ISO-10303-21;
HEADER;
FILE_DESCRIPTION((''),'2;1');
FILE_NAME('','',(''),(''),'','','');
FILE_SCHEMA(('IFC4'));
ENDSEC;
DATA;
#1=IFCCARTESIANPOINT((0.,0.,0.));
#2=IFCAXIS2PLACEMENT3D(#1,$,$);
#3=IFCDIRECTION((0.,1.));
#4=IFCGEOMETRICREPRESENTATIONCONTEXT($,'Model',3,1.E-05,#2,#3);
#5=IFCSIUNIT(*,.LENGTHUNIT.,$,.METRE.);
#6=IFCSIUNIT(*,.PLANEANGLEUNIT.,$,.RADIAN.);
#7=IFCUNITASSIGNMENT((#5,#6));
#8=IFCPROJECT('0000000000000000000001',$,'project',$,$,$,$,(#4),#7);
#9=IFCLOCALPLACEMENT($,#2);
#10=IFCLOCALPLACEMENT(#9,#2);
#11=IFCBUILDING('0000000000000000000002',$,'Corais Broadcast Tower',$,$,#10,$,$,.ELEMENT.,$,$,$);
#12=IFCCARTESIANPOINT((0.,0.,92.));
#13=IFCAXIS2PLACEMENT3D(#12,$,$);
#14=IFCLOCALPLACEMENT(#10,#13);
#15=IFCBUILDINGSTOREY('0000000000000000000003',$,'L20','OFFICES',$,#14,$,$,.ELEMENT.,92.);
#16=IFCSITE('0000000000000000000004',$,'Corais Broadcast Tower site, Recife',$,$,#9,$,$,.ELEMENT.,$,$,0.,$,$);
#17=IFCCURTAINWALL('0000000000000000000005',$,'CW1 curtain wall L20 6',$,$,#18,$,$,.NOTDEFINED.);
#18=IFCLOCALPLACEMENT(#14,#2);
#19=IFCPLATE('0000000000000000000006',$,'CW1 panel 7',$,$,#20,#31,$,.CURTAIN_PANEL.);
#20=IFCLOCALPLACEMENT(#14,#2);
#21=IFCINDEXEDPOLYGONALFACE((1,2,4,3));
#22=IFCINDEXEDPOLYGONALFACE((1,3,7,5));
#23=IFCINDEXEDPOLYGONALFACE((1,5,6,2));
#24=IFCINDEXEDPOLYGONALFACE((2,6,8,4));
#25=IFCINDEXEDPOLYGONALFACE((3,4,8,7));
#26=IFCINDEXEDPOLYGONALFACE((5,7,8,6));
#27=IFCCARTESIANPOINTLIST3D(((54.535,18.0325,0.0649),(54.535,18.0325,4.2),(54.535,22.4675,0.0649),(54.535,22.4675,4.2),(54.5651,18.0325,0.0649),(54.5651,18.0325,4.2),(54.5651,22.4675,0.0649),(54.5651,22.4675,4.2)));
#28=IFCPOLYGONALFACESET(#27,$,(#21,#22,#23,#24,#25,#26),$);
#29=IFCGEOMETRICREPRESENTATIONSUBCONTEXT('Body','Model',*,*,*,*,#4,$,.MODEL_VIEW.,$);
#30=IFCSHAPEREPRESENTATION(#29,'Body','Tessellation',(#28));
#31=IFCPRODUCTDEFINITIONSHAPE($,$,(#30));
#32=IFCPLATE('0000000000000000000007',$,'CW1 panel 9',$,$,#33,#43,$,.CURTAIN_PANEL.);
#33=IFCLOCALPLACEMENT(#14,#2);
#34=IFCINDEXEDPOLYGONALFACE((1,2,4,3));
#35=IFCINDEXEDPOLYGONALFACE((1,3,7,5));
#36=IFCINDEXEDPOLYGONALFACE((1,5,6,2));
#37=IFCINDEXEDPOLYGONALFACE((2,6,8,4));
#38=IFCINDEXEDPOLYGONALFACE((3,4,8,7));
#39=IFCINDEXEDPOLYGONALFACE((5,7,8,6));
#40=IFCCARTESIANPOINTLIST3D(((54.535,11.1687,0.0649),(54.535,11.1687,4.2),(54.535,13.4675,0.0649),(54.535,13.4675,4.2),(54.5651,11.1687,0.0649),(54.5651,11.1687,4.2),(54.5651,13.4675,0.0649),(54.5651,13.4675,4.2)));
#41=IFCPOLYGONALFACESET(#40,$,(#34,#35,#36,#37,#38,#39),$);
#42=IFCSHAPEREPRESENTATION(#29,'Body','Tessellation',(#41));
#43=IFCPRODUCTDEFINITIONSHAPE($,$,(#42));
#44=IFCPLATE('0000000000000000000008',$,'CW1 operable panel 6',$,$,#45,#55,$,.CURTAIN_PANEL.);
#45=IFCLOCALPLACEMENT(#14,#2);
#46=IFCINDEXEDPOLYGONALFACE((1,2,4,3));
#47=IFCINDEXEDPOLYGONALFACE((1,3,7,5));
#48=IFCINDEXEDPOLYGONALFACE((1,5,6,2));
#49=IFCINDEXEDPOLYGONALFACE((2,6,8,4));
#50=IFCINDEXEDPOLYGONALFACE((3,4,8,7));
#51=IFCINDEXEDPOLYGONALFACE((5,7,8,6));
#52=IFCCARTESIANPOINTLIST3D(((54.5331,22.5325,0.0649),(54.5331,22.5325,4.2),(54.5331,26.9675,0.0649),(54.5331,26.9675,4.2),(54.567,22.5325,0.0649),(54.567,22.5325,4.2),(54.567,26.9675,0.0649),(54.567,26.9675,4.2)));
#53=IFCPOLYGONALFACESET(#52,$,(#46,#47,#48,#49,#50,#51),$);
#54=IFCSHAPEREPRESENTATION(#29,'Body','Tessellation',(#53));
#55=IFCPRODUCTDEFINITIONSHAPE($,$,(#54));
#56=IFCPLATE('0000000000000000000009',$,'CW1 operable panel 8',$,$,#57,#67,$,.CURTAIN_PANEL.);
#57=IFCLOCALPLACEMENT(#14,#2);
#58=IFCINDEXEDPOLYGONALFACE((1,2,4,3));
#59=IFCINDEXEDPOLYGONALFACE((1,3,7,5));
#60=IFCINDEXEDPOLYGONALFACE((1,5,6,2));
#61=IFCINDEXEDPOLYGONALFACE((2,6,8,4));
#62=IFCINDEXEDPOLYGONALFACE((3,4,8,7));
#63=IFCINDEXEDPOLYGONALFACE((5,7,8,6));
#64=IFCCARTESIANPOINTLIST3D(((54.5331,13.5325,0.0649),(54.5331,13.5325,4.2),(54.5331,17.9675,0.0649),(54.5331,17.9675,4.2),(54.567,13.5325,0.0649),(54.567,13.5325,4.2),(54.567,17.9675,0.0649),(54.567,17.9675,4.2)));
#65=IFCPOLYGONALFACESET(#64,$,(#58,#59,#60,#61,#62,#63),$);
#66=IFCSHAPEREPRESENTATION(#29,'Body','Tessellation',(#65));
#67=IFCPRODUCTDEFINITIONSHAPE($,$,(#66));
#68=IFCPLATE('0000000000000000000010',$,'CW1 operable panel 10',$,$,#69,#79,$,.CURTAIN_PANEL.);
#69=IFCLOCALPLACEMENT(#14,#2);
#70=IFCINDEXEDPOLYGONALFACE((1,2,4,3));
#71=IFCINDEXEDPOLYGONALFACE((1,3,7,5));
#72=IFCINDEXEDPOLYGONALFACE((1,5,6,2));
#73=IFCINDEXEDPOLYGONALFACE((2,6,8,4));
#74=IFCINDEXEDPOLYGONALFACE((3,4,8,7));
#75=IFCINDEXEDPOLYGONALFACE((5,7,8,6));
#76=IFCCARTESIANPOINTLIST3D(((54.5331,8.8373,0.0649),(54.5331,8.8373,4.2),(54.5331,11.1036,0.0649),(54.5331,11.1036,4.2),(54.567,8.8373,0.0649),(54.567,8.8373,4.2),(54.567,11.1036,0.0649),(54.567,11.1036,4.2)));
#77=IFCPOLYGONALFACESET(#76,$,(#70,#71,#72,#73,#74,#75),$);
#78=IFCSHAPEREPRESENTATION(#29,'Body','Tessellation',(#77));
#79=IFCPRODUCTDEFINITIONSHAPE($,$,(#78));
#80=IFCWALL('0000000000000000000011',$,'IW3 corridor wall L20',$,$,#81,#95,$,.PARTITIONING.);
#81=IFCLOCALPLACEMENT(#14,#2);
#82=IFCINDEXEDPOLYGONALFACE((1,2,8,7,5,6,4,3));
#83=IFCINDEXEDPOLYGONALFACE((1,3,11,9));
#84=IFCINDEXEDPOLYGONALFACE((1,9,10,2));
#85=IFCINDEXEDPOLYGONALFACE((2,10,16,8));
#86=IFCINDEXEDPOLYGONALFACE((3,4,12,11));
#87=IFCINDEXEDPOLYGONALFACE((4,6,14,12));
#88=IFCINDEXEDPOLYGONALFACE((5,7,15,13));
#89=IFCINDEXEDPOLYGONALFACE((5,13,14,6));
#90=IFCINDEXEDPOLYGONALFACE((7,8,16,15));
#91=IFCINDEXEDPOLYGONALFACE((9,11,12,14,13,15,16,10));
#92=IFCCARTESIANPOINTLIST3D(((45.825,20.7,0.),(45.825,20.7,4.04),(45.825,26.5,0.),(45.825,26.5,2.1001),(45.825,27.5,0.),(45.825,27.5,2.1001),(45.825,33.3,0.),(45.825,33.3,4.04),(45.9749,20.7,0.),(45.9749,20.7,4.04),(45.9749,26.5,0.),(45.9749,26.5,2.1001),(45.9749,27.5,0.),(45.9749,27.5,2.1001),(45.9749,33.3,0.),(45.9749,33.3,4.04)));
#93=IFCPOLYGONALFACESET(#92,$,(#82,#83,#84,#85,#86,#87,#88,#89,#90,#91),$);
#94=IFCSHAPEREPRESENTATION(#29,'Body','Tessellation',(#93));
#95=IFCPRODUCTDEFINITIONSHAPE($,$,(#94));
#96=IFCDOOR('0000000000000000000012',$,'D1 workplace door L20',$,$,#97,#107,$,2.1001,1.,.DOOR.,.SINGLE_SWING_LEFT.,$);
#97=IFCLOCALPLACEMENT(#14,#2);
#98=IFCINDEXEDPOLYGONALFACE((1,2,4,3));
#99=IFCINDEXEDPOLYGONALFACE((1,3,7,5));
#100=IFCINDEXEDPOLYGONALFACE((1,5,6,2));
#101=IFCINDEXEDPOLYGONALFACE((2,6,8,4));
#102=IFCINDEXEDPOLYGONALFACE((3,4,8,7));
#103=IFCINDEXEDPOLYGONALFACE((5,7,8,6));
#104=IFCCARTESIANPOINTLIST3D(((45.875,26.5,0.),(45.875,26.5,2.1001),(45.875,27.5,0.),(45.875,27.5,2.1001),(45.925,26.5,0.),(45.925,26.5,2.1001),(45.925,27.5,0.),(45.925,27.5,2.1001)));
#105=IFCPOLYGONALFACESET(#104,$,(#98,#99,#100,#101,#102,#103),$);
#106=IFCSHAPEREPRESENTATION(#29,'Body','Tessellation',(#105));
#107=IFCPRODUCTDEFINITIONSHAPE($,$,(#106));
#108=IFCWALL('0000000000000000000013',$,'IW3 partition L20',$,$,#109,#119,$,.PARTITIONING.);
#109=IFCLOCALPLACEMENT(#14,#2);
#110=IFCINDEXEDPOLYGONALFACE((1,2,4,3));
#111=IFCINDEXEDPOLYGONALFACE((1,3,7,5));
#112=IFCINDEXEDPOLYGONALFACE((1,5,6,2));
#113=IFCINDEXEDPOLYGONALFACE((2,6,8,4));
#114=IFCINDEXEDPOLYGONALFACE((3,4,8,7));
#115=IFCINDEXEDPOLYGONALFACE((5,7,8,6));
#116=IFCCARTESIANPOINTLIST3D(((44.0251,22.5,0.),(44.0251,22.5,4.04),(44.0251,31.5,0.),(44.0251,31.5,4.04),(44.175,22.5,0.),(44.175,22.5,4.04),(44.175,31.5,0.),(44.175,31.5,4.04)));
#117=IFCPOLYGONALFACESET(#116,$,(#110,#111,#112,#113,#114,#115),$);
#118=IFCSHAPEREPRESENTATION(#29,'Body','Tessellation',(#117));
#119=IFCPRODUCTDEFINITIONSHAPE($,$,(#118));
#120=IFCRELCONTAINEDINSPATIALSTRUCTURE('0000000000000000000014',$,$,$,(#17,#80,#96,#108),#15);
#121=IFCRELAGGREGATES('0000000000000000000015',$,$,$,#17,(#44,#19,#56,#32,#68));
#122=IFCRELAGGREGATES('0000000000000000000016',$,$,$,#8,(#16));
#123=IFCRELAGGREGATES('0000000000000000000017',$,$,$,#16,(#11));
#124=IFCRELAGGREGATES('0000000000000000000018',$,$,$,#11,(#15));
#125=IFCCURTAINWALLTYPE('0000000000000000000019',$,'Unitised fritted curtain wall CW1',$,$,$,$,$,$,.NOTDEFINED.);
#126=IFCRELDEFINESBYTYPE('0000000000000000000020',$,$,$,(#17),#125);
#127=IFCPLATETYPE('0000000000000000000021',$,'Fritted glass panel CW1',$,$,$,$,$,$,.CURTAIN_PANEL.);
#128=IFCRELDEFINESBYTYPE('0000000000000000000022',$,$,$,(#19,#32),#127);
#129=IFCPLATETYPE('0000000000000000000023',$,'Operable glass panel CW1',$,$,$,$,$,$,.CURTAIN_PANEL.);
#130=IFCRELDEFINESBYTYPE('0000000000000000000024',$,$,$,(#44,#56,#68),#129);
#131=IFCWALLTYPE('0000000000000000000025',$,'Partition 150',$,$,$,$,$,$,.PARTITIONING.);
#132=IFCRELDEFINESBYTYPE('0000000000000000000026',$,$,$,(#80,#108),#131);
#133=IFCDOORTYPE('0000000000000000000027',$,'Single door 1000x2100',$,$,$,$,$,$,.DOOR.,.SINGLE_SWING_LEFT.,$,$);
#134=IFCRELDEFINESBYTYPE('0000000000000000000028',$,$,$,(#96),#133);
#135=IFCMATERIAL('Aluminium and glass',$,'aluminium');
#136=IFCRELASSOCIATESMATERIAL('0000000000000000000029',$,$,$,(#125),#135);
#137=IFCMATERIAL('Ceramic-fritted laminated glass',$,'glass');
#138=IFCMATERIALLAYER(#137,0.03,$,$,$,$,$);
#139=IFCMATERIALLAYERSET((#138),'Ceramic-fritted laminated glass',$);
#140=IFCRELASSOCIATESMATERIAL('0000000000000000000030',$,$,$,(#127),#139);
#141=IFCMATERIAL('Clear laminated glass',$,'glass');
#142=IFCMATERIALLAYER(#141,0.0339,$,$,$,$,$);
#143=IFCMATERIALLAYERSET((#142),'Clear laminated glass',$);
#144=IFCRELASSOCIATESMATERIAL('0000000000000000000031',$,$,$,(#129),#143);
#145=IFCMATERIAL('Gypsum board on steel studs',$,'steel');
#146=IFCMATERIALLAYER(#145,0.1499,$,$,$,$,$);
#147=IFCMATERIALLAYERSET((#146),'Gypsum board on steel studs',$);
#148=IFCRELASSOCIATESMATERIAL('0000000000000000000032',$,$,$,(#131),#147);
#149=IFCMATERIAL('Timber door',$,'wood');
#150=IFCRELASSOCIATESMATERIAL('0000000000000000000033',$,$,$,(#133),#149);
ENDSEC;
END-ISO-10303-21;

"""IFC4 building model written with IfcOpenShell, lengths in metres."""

from ifc_helpers import new_model, si_unit, direction, frame, frame_2d, origin, origin_2d, place, context, subcontext, project, spatial, rectangle, extrude, material, layer, layer_set, type_object, element, fill, aggregate, save


model = new_model("IFC4")

# Units and contexts
model_context = context("Model", 3, precision=1e-05, world=origin(), true_north=direction((0.0, 1.0)))
body_context = subcontext(model_context, "Body", "Model", "MODEL_VIEW")
ifc_project = project(units=[si_unit("LENGTHUNIT", "METRE"), si_unit("PLANEANGLEUNIT", "RADIAN")], contexts=[model_context])

# Site, building, storey
site_placement = place(None, origin())
site = spatial("IfcSite", under=ifc_project, at=site_placement, Name="Corais Broadcast Tower site, Recife", CompositionType="ELEMENT", RefElevation=0.0)
building_placement = place(site_placement, origin())
building = spatial("IfcBuilding", under=site, at=building_placement, Name="Corais Broadcast Tower", CompositionType="ELEMENT")
storey_placement = place(building_placement, frame((0.0, 0.0, 92.0)))
storey = spatial("IfcBuildingStorey", under=building, at=storey_placement, Name="L20", Description="OFFICES", CompositionType="ELEMENT", Elevation=92.0)

# Curtain wall
ifc_material_1 = material(Name="Aluminium and glass", Category="aluminium")
curtain_wall_type = type_object("IfcCurtainWallType", Name="Unitised fritted curtain wall CW1", PredefinedType="NOTDEFINED", material=ifc_material_1)
curtain_wall_placement = place(storey_placement, origin())
curtain_wall = element("IfcCurtainWall", 1, at=curtain_wall_placement, inside=storey, type_object=curtain_wall_type, Name="CW1 curtain wall L20 6", PredefinedType="NOTDEFINED")

# Plates
ifc_material_2 = material(Name="Ceramic-fritted laminated glass", Category="glass")
ifc_layer_1 = layer(ifc_material_2, 0.03)
ifc_layer_set_1 = layer_set([ifc_layer_1], Name="Ceramic-fritted laminated glass")
plate_type_1 = type_object("IfcPlateType", Name="Fritted glass panel CW1", PredefinedType="CURTAIN_PANEL", material=ifc_layer_set_1)
plate_1_placement = place(storey_placement, frame((54.55, 20.25, 0.0649), z_axis=(0.0, 0.0, 1.0), x_axis=(0.0, -1.0, 0.0)))
plate_1 = element("IfcPlate", 2, at=plate_1_placement, type_object=plate_type_1, Name="CW1 panel 7", PredefinedType="CURTAIN_PANEL", context=body_context, shape_type="SweptSolid", body=[
    extrude(rectangle(XDim=4.4351, YDim=0.03, at=origin_2d()), origin(), (0.0, 0.0, 1.0), 4.135),
])
plate_2_placement = place(storey_placement, frame((54.55, 12.3181, 0.0649), z_axis=(0.0, 0.0, 1.0), x_axis=(0.0, -1.0, 0.0)))
plate_2 = element("IfcPlate", 3, at=plate_2_placement, type_object=plate_type_1, Name="CW1 panel 9", PredefinedType="CURTAIN_PANEL", context=body_context, shape_type="SweptSolid", body=[
    extrude(rectangle(XDim=2.2988, YDim=0.03, at=origin_2d()), origin(), (0.0, 0.0, 1.0), 4.135),
])
ifc_material_3 = material(Name="Clear laminated glass", Category="glass")
ifc_layer_2 = layer(ifc_material_3, 0.0339)
ifc_layer_set_2 = layer_set([ifc_layer_2], Name="Clear laminated glass")
plate_type_2 = type_object("IfcPlateType", Name="Operable glass panel CW1", PredefinedType="CURTAIN_PANEL", material=ifc_layer_set_2)
plate_3_placement = place(storey_placement, frame((54.55, 24.75, 0.0649), z_axis=(0.0, 0.0, 1.0), x_axis=(0.0, -1.0, 0.0)))
plate_3 = element("IfcPlate", 4, at=plate_3_placement, type_object=plate_type_2, Name="CW1 operable panel 6", PredefinedType="CURTAIN_PANEL", context=body_context, shape_type="SweptSolid", body=[
    extrude(rectangle(XDim=4.4351, YDim=0.0339, at=origin_2d()), origin(), (0.0, 0.0, 1.0), 4.135),
])
plate_4_placement = place(storey_placement, frame((54.55, 15.75, 0.0649), z_axis=(0.0, 0.0, 1.0), x_axis=(0.0, -1.0, 0.0)))
plate_4 = element("IfcPlate", 5, at=plate_4_placement, type_object=plate_type_2, Name="CW1 operable panel 8", PredefinedType="CURTAIN_PANEL", context=body_context, shape_type="SweptSolid", body=[
    extrude(rectangle(XDim=4.4351, YDim=0.0339, at=origin_2d()), origin(), (0.0, 0.0, 1.0), 4.135),
])
plate_5_placement = place(storey_placement, frame((54.55, 9.9705, 0.0649), z_axis=(0.0, 0.0, 1.0), x_axis=(0.0, -1.0, 0.0)))
plate_5 = element("IfcPlate", 6, at=plate_5_placement, type_object=plate_type_2, Name="CW1 operable panel 10", PredefinedType="CURTAIN_PANEL", context=body_context, shape_type="SweptSolid", body=[
    extrude(rectangle(XDim=2.2664, YDim=0.0339, at=origin_2d()), origin(), (0.0, 0.0, 1.0), 4.135),
])
aggregate(curtain_wall, [plate_3, plate_1, plate_4, plate_2, plate_5])

# Wall, opening, door
ifc_material_4 = material(Name="Gypsum board on steel studs", Category="steel")
ifc_layer_3 = layer(ifc_material_4, 0.1499)
ifc_layer_set_3 = layer_set([ifc_layer_3], Name="Gypsum board on steel studs")
wall_type = type_object("IfcWallType", Name="Partition 150", PredefinedType="PARTITIONING", material=ifc_layer_set_3)
wall_1_placement = place(storey_placement, frame((45.8999, 20.7, 0.0), z_axis=(0.0, 0.0, 1.0), x_axis=(0.0, 1.0, 0.0)))
wall_1 = element("IfcWall", 7, at=wall_1_placement, inside=storey, type_object=wall_type, Name="IW3 corridor wall L20", PredefinedType="PARTITIONING", context=body_context, shape_type="SweptSolid", body=[
    extrude(rectangle(XDim=12.6001, YDim=0.1499, at=frame_2d((6.3, 0.0))), origin(), (0.0, 0.0, 1.0), 4.04),
])
opening_placement = place(wall_1_placement, frame((5.8, 0.0, 0.0)))
opening = element("IfcOpeningElement", 8, at=opening_placement, cuts=wall_1, PredefinedType="OPENING", context=body_context, shape_type="SweptSolid", body=[
    extrude(rectangle(XDim=1.0, YDim=2.1001, at=frame_2d((0.5, 1.05))), frame((0.0, 0.085, 0.0), z_axis=(0.0, -1.0, 0.0), x_axis=(1.0, 0.0, 0.0)), (0.0, 0.0, 1.0), 0.1699),
])
ifc_material_5 = material(Name="Timber door", Category="wood")
door_type = type_object("IfcDoorType", Name="Single door 1000x2100", OperationType="SINGLE_SWING_LEFT", PredefinedType="DOOR", material=ifc_material_5)
door_placement = place(opening_placement, origin())
door = element("IfcDoor", 9, at=door_placement, inside=storey, type_object=door_type, Name="D1 workplace door L20", OperationType="SINGLE_SWING_LEFT", OverallHeight=2.1001, OverallWidth=1.0, PredefinedType="DOOR", context=body_context, shape_type="SweptSolid", body=[
    extrude(rectangle(XDim=1.0, YDim=2.1001, at=frame_2d((0.5, 1.05))), frame((0.0, 0.0249, 0.0), z_axis=(0.0, -1.0, 0.0), x_axis=(1.0, 0.0, 0.0)), (0.0, 0.0, 1.0), 0.05),
])
fill(opening, door)

# Wall
wall_2_placement = place(storey_placement, frame((44.1001, 22.5, 0.0), z_axis=(0.0, 0.0, 1.0), x_axis=(0.0, 1.0, 0.0)))
element("IfcWall", 10, at=wall_2_placement, inside=storey, type_object=wall_type, Name="IW3 partition L20", PredefinedType="PARTITIONING", context=body_context, shape_type="SweptSolid", body=[
    extrude(rectangle(XDim=9.0, YDim=0.1499, at=frame_2d((4.5, 0.0))), origin(), (0.0, 0.0, 1.0), 4.04),
])

save(model, "model.ifc")
